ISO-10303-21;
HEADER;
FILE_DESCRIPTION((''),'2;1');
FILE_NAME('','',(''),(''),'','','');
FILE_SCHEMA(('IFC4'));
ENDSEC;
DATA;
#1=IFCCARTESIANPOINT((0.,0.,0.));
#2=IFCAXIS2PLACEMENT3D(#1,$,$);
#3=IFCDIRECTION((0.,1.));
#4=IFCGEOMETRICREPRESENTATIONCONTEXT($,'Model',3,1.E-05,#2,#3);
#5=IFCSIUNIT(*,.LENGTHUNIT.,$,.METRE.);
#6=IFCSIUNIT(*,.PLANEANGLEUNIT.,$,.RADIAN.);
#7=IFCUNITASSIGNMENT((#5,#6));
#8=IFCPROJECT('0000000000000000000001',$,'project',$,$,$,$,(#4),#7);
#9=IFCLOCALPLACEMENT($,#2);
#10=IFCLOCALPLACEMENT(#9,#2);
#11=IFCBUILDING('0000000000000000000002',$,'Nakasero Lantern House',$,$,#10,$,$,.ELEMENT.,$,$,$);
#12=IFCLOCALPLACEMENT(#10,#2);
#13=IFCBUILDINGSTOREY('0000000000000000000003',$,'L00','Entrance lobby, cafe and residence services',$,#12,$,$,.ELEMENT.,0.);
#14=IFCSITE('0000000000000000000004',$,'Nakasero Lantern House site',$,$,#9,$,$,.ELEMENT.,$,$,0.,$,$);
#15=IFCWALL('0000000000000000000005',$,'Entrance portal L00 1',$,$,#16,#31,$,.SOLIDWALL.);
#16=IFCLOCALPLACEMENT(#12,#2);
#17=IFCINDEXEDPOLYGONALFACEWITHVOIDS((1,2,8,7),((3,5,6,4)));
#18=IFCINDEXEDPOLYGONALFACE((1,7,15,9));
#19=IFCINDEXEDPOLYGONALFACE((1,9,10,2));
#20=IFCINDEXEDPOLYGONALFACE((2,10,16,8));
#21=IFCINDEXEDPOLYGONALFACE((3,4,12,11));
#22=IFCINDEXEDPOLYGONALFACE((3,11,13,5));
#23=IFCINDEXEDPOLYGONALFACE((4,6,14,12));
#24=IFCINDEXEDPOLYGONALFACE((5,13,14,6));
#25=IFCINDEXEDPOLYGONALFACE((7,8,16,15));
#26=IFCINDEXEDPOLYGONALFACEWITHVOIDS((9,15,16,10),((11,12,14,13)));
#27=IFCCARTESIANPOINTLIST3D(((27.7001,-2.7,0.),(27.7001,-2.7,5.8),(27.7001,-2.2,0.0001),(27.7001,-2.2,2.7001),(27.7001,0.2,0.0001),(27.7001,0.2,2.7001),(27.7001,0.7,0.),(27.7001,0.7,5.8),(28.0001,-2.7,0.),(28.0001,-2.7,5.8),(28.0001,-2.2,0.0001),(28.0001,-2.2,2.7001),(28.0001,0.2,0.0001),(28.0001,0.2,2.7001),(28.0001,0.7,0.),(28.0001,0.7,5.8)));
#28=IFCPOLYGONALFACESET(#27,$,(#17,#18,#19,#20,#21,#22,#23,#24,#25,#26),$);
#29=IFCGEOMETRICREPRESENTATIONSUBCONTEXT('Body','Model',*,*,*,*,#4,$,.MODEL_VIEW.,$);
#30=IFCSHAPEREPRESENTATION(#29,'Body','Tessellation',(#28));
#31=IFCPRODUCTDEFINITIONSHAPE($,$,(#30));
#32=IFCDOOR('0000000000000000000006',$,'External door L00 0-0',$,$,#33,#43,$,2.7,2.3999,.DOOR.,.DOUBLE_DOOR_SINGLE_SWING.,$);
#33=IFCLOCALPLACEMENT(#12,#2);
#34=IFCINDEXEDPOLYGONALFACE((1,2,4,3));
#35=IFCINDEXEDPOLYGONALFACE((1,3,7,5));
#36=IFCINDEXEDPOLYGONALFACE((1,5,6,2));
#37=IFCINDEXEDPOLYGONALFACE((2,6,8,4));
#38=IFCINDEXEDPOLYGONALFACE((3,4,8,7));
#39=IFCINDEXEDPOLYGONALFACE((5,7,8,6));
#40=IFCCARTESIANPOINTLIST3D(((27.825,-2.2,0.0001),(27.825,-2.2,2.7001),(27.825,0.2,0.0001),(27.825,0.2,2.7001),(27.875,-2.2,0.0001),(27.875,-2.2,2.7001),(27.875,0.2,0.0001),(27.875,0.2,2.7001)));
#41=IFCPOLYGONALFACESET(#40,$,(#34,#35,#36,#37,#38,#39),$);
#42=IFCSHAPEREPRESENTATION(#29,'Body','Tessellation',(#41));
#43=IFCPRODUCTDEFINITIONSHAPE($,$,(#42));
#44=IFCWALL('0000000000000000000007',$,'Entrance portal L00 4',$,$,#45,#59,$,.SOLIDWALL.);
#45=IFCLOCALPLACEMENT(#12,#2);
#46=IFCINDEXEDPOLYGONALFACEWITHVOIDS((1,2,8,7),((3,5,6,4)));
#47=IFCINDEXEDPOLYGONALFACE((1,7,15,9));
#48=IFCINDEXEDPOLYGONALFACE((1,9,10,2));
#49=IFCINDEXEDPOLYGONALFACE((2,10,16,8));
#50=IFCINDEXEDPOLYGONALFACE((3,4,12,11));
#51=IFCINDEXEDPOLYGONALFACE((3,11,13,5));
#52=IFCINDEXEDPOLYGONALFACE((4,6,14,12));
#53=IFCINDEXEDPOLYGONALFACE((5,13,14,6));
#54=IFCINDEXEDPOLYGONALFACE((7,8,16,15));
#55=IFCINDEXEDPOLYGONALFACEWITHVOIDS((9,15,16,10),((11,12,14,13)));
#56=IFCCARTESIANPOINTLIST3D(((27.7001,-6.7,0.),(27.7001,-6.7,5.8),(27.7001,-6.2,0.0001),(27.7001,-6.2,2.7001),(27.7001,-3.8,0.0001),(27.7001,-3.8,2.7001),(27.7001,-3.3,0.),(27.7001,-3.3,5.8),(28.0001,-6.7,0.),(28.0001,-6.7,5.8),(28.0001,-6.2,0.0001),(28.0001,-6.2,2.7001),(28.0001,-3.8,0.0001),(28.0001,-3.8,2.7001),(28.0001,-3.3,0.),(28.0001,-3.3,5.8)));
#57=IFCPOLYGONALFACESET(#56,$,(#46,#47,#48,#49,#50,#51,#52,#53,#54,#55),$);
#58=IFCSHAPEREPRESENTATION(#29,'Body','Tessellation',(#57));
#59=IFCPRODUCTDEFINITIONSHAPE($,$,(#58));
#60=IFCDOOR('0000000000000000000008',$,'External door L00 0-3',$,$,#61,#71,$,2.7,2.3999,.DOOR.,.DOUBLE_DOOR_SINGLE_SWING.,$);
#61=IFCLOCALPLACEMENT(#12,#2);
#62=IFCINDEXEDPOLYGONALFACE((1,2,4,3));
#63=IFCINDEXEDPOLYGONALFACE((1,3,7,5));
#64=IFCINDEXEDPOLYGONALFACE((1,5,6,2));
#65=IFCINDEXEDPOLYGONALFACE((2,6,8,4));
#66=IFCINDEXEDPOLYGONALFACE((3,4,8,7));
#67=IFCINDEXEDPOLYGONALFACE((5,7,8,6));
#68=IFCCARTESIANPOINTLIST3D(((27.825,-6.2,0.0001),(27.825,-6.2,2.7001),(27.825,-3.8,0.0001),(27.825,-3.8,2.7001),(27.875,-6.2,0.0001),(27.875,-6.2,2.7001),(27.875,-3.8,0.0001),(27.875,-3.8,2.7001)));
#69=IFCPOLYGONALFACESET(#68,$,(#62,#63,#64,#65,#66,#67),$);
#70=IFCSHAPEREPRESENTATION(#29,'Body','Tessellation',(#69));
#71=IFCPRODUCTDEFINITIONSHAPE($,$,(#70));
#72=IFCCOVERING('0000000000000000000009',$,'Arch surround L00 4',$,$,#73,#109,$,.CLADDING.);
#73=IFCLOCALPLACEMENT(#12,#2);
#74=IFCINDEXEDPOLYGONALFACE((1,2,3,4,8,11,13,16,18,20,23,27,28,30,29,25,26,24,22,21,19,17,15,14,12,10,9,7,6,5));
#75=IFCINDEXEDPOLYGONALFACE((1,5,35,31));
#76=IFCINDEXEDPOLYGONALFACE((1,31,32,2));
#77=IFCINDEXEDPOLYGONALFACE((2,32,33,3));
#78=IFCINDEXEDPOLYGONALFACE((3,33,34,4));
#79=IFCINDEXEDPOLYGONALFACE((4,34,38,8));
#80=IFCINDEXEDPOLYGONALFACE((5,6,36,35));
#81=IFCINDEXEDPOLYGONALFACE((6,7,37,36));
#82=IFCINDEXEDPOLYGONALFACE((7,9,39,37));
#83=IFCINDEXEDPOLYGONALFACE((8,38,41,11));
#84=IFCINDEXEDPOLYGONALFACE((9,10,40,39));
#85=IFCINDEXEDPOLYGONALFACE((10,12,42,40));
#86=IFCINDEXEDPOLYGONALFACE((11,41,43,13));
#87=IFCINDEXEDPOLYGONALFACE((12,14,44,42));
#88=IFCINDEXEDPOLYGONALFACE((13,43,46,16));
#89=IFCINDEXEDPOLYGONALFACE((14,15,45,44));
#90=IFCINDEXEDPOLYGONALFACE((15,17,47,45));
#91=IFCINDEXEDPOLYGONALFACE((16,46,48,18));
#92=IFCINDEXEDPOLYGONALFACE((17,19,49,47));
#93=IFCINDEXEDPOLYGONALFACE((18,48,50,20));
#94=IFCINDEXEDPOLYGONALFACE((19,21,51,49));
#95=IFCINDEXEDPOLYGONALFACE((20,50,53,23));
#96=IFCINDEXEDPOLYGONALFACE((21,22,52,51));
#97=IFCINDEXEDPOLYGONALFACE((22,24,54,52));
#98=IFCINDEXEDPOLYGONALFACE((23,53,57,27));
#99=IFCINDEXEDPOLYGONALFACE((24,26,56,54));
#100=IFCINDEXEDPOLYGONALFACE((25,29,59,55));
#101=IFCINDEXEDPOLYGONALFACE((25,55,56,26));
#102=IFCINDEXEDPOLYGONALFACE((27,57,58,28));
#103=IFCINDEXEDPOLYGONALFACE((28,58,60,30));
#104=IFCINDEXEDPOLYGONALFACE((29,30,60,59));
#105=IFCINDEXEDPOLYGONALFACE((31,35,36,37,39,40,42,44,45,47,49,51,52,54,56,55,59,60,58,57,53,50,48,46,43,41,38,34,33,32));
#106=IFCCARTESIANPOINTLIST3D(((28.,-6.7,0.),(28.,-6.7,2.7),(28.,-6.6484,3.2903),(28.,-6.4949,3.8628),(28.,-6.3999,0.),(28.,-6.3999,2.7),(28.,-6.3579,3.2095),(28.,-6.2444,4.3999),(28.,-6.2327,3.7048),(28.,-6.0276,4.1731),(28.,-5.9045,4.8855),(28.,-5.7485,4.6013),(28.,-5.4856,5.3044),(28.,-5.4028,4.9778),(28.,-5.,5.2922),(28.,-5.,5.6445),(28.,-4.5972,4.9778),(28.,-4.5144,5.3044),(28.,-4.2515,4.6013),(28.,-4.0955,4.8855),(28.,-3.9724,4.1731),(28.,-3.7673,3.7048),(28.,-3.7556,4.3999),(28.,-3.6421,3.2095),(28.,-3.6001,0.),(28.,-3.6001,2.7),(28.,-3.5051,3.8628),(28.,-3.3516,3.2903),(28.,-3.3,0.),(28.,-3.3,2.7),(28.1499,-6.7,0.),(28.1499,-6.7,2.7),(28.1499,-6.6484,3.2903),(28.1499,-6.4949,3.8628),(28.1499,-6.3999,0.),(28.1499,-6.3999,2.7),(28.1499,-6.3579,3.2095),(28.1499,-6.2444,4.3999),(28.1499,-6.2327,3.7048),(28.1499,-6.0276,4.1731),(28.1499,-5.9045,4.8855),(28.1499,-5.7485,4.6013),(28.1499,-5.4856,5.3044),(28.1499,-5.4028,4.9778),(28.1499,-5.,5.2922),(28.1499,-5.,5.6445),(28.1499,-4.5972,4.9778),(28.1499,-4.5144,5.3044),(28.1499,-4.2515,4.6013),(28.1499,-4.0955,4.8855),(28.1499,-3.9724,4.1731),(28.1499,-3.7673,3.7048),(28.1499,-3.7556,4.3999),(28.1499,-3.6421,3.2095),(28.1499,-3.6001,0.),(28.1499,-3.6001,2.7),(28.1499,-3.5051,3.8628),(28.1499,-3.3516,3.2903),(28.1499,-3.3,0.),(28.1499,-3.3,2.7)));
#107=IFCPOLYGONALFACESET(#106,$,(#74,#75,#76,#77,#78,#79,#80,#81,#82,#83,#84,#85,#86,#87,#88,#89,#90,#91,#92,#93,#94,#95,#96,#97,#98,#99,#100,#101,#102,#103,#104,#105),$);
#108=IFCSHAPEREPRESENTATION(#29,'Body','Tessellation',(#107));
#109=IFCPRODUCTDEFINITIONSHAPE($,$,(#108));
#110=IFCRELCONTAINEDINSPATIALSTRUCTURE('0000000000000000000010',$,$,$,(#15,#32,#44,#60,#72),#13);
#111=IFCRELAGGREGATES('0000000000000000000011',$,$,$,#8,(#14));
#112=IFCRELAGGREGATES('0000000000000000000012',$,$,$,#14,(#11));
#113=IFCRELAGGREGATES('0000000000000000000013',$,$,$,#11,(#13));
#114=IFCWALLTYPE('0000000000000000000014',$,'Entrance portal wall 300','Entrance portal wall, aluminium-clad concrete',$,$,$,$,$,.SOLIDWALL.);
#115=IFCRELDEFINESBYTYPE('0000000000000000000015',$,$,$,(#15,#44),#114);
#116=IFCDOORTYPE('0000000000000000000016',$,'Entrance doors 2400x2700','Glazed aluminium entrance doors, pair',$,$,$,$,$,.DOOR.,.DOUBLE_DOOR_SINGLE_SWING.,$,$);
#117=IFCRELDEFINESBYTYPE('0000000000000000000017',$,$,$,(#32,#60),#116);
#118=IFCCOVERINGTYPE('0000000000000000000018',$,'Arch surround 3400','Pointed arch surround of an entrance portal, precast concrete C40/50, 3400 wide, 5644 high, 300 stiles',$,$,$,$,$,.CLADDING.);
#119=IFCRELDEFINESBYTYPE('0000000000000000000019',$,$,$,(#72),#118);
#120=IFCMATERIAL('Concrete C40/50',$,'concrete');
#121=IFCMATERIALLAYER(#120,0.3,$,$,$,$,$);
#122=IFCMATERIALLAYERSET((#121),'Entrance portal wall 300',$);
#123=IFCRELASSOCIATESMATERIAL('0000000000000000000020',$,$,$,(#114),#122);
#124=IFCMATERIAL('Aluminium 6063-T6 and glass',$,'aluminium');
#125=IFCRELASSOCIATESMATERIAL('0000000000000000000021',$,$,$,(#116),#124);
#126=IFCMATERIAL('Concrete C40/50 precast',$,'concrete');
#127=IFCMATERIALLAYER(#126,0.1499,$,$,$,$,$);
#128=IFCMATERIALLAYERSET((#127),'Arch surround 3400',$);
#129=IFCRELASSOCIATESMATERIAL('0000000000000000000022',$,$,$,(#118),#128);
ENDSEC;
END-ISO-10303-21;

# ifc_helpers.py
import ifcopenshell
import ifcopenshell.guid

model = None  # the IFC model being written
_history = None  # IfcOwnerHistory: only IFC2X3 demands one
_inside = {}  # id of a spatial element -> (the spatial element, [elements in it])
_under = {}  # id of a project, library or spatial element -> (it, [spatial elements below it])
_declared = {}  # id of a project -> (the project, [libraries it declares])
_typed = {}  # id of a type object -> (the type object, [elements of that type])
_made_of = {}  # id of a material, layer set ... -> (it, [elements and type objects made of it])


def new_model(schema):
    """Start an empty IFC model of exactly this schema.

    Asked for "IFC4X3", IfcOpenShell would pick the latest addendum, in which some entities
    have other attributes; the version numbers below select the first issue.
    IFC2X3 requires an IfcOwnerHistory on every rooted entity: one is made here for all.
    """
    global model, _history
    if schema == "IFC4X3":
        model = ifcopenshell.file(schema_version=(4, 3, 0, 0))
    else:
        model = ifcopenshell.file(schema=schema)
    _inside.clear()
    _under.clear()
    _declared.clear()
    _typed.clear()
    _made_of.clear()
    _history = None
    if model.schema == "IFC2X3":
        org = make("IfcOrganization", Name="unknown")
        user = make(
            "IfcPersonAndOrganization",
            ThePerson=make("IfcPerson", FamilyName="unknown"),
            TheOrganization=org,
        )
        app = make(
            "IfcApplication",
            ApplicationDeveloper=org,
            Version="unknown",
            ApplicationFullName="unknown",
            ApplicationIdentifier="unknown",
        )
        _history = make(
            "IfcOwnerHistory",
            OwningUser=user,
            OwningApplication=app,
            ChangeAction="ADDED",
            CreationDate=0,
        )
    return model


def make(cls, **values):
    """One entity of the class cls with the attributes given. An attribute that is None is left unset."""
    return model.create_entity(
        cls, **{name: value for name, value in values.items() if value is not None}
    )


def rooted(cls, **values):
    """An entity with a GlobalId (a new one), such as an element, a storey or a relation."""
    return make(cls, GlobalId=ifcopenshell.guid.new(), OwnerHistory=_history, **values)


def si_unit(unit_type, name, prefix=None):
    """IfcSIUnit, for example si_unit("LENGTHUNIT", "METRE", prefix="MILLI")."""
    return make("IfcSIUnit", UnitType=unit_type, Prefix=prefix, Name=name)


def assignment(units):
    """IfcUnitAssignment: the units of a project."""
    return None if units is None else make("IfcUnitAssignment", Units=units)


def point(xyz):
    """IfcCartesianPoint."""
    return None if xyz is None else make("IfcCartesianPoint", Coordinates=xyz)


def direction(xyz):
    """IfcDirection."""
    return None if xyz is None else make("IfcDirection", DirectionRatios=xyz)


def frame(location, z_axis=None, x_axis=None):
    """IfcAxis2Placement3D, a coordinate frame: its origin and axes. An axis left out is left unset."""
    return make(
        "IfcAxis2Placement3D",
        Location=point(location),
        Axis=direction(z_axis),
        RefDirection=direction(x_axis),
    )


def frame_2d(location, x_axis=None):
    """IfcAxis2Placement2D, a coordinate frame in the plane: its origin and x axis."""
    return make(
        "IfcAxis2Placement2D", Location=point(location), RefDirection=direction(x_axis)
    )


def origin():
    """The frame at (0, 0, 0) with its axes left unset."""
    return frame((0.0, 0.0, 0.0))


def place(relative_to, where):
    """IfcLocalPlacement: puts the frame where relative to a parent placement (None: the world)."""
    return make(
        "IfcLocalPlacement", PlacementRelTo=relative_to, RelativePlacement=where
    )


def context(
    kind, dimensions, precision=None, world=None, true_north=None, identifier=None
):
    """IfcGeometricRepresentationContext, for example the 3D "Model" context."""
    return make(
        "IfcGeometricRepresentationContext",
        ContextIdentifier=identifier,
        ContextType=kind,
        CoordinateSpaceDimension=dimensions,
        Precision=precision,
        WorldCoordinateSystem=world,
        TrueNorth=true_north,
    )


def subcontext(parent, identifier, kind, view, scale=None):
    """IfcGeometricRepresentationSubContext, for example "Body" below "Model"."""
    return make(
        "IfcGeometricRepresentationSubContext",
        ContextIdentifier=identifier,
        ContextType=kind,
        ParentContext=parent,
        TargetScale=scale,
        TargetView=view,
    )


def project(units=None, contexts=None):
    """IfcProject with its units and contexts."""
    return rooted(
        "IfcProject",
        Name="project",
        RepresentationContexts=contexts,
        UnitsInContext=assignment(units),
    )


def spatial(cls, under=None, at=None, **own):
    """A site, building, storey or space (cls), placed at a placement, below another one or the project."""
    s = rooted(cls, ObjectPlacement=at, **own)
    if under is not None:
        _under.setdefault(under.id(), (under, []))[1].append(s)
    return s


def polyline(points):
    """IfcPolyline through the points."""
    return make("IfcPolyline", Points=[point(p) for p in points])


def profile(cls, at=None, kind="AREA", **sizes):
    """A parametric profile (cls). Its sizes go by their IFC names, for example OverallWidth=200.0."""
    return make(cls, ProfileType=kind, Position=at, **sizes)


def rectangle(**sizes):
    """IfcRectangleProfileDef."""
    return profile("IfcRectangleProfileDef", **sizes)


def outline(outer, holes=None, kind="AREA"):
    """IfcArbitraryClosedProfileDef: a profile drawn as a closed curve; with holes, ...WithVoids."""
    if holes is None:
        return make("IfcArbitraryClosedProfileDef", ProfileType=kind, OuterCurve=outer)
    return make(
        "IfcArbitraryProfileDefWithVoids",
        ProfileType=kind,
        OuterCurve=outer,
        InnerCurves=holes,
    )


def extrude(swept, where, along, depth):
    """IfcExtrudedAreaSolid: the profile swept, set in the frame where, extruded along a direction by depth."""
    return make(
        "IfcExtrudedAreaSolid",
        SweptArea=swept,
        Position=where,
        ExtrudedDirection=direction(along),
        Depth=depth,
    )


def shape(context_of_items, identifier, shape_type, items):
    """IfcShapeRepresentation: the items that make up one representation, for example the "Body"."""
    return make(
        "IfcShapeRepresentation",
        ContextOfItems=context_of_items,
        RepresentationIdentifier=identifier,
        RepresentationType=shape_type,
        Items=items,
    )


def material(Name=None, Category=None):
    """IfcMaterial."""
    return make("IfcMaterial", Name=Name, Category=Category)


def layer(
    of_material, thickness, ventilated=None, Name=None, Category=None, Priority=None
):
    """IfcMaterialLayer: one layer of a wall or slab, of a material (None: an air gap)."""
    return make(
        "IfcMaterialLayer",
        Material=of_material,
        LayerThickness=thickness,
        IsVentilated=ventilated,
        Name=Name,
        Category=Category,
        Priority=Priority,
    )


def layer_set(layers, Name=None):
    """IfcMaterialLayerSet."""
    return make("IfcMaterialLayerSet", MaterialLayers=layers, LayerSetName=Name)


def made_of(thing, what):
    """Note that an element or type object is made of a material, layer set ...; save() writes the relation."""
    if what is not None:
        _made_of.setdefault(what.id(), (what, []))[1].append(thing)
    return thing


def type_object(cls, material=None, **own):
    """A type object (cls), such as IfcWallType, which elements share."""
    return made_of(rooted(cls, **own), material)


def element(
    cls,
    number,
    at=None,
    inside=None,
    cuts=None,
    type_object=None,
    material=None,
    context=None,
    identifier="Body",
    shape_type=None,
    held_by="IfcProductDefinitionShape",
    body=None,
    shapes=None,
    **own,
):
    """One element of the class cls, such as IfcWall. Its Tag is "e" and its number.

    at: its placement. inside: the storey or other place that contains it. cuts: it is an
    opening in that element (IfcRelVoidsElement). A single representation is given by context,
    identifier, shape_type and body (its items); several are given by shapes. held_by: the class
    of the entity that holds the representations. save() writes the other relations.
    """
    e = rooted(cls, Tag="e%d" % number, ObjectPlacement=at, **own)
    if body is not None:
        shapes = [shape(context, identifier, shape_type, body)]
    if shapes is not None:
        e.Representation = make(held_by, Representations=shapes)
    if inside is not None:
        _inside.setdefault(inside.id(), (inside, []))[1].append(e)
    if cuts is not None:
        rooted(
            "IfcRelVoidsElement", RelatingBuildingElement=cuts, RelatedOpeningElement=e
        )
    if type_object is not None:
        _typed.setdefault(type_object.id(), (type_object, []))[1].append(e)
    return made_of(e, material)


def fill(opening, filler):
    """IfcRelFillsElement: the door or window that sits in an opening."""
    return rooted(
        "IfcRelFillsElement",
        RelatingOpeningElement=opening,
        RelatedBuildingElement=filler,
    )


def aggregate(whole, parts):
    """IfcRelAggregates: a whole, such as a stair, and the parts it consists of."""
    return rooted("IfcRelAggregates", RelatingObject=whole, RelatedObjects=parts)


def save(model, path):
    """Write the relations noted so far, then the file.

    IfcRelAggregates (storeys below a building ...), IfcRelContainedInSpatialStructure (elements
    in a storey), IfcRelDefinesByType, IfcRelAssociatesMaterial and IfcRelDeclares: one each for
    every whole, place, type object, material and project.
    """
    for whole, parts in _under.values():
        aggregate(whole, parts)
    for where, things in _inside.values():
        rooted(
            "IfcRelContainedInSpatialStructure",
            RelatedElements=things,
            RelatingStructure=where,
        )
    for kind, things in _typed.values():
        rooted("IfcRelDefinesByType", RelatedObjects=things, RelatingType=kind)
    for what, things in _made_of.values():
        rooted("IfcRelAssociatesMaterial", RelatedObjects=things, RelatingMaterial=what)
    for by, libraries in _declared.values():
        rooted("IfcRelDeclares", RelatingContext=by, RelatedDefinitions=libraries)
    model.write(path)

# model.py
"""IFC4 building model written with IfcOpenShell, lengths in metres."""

from ifc_helpers import new_model, si_unit, direction, frame, frame_2d, origin, place, context, subcontext, project, spatial, polyline, rectangle, outline, extrude, material, layer, layer_set, type_object, element, fill, save


model = new_model("IFC4")

# Units and contexts
model_context = context("Model", 3, precision=1e-05, world=origin(), true_north=direction((0.0, 1.0)))
body_context = subcontext(model_context, "Body", "Model", "MODEL_VIEW")
ifc_project = project(units=[si_unit("LENGTHUNIT", "METRE"), si_unit("PLANEANGLEUNIT", "RADIAN")], contexts=[model_context])

# Site, building, storey
site_placement = place(None, origin())
site = spatial("IfcSite", under=ifc_project, at=site_placement, Name="Nakasero Lantern House site", CompositionType="ELEMENT", RefElevation=0.0)
building_placement = place(site_placement, origin())
building = spatial("IfcBuilding", under=site, at=building_placement, Name="Nakasero Lantern House", CompositionType="ELEMENT")
storey_placement = place(building_placement, origin())
storey = spatial("IfcBuildingStorey", under=building, at=storey_placement, Name="L00", Description="Entrance lobby, cafe and residence services", CompositionType="ELEMENT", Elevation=0.0)

# Walls, openings, doors
ifc_material_1 = material(Name="Concrete C40/50", Category="concrete")
ifc_layer_1 = layer(ifc_material_1, 0.3)
ifc_layer_set_1 = layer_set([ifc_layer_1], Name="Entrance portal wall 300")
wall_type_1 = type_object("IfcWallType", Name="Entrance portal wall 300", Description="Entrance portal wall, aluminium-clad concrete", PredefinedType="SOLIDWALL", material=ifc_layer_set_1)
wall_1_placement = place(storey_placement, frame((27.8501, -2.7, 0.0), z_axis=(0.0, 0.0, 1.0), x_axis=(0.0, 1.0, 0.0)))
wall_1 = element("IfcWall", 1, at=wall_1_placement, inside=storey, type_object=wall_type_1, Name="Entrance portal L00 1", PredefinedType="SOLIDWALL", context=body_context, shape_type="SweptSolid", body=[
    extrude(rectangle(XDim=3.3999, YDim=0.3, at=frame_2d((1.7, 0.0))), origin(), (0.0, 0.0, 1.0), 5.8),
])
opening_1_placement = place(wall_1_placement, frame((0.5, 0.0, 0.0)))
opening_1 = element("IfcOpeningElement", 2, at=opening_1_placement, cuts=wall_1, PredefinedType="OPENING", context=body_context, shape_type="SweptSolid", body=[
    extrude(rectangle(XDim=2.3999, YDim=2.7, at=frame_2d((1.2, 1.3501))), frame((0.0, 0.1699, 0.0), z_axis=(0.0, -1.0, 0.0), x_axis=(1.0, 0.0, 0.0)), (0.0, 0.0, 1.0), 0.3401),
])
ifc_material_2 = material(Name="Aluminium 6063-T6 and glass", Category="aluminium")
door_type = type_object("IfcDoorType", Name="Entrance doors 2400x2700", Description="Glazed aluminium entrance doors, pair", OperationType="DOUBLE_DOOR_SINGLE_SWING", PredefinedType="DOOR", material=ifc_material_2)
door_1_placement = place(opening_1_placement, frame((2.3999, 0.0, 0.0), z_axis=(0.0, 0.0, 1.0), x_axis=(-1.0, 0.0, 0.0)))
door_1 = element("IfcDoor", 3, at=door_1_placement, inside=storey, type_object=door_type, Name="External door L00 0-0", OperationType="DOUBLE_DOOR_SINGLE_SWING", OverallHeight=2.7, OverallWidth=2.3999, PredefinedType="DOOR", context=body_context, shape_type="SweptSolid", body=[
    extrude(rectangle(XDim=2.3999, YDim=2.7, at=frame_2d((1.2, 1.3501))), frame((0.0, 0.0249, 0.0), z_axis=(0.0, -1.0, 0.0), x_axis=(1.0, 0.0, 0.0)), (0.0, 0.0, 1.0), 0.05),
])
fill(opening_1, door_1)
wall_2_placement = place(storey_placement, frame((27.8501, -6.7, 0.0), z_axis=(0.0, 0.0, 1.0), x_axis=(0.0, 1.0, 0.0)))
wall_2 = element("IfcWall", 4, at=wall_2_placement, inside=storey, type_object=wall_type_1, Name="Entrance portal L00 4", PredefinedType="SOLIDWALL", context=body_context, shape_type="SweptSolid", body=[
    extrude(rectangle(XDim=3.3999, YDim=0.3, at=frame_2d((1.7, 0.0))), origin(), (0.0, 0.0, 1.0), 5.8),
])
opening_2_placement = place(wall_2_placement, frame((0.5, 0.0, 0.0)))
opening_2 = element("IfcOpeningElement", 5, at=opening_2_placement, cuts=wall_2, PredefinedType="OPENING", context=body_context, shape_type="SweptSolid", body=[
    extrude(rectangle(XDim=2.3999, YDim=2.7, at=frame_2d((1.2, 1.3501))), frame((0.0, 0.1699, 0.0), z_axis=(0.0, -1.0, 0.0), x_axis=(1.0, 0.0, 0.0)), (0.0, 0.0, 1.0), 0.3401),
])
door_2_placement = place(opening_2_placement, frame((2.3999, 0.0, 0.0), z_axis=(0.0, 0.0, 1.0), x_axis=(-1.0, 0.0, 0.0)))
door_2 = element("IfcDoor", 6, at=door_2_placement, inside=storey, type_object=door_type, Name="External door L00 0-3", OperationType="DOUBLE_DOOR_SINGLE_SWING", OverallHeight=2.7, OverallWidth=2.3999, PredefinedType="DOOR", context=body_context, shape_type="SweptSolid", body=[
    extrude(rectangle(XDim=2.3999, YDim=2.7, at=frame_2d((1.2, 1.3501))), frame((0.0, 0.0249, 0.0), z_axis=(0.0, -1.0, 0.0), x_axis=(1.0, 0.0, 0.0)), (0.0, 0.0, 1.0), 0.05),
])
fill(opening_2, door_2)

# Covering
ifc_material_3 = material(Name="Concrete C40/50 precast", Category="concrete")
ifc_layer_2 = layer(ifc_material_3, 0.1499)
ifc_layer_set_2 = layer_set([ifc_layer_2], Name="Arch surround 3400")
covering_type = type_object("IfcCoveringType", Name="Arch surround 3400", Description="Pointed arch surround of an entrance portal, precast concrete C40/50, 3400 wide, 5644 high, 300 stiles", PredefinedType="CLADDING", material=ifc_layer_set_2)
covering_placement = place(storey_placement, frame((28.075, -5.0, 0.0), z_axis=(0.0, 0.0, 1.0), x_axis=(0.0, 1.0, 0.0)))
element("IfcCovering", 7, at=covering_placement, inside=storey, type_object=covering_type, Name="Arch surround L00 4", PredefinedType="CLADDING", context=body_context, shape_type="SweptSolid", body=[
    extrude(outline(polyline([(1.7, 0.0), (1.7, 2.7), (1.6484, 3.2903), (1.4949, 3.8628), (1.2444, 4.3999), (0.9045, 4.8855), (0.4856, 5.3044), (0.0, 5.6445), (-0.4856, 5.3044), (-0.9045, 4.8855), (-1.2444, 4.3999), (-1.4949, 3.8628), (-1.6484, 3.2903), (-1.7, 2.7), (-1.7, 0.0), (-1.3999, 0.0), (-1.3999, 2.7), (-1.3579, 3.2095), (-1.2327, 3.7048), (-1.0276, 4.1731), (-0.7485, 4.6013), (-0.4028, 4.9778), (0.0, 5.2922), (0.4028, 4.9778), (0.7485, 4.6013), (1.0276, 4.1731), (1.2327, 3.7048), (1.3579, 3.2095), (1.3999, 2.7), (1.3999, 0.0), (1.7, 0.0)])), frame((0.0, 0.075, 0.0), z_axis=(0.0, -1.0, 0.0), x_axis=(1.0, 0.0, 0.0)), (0.0, 0.0, 1.0), 0.1499),
])

save(model, "model.ifc")
